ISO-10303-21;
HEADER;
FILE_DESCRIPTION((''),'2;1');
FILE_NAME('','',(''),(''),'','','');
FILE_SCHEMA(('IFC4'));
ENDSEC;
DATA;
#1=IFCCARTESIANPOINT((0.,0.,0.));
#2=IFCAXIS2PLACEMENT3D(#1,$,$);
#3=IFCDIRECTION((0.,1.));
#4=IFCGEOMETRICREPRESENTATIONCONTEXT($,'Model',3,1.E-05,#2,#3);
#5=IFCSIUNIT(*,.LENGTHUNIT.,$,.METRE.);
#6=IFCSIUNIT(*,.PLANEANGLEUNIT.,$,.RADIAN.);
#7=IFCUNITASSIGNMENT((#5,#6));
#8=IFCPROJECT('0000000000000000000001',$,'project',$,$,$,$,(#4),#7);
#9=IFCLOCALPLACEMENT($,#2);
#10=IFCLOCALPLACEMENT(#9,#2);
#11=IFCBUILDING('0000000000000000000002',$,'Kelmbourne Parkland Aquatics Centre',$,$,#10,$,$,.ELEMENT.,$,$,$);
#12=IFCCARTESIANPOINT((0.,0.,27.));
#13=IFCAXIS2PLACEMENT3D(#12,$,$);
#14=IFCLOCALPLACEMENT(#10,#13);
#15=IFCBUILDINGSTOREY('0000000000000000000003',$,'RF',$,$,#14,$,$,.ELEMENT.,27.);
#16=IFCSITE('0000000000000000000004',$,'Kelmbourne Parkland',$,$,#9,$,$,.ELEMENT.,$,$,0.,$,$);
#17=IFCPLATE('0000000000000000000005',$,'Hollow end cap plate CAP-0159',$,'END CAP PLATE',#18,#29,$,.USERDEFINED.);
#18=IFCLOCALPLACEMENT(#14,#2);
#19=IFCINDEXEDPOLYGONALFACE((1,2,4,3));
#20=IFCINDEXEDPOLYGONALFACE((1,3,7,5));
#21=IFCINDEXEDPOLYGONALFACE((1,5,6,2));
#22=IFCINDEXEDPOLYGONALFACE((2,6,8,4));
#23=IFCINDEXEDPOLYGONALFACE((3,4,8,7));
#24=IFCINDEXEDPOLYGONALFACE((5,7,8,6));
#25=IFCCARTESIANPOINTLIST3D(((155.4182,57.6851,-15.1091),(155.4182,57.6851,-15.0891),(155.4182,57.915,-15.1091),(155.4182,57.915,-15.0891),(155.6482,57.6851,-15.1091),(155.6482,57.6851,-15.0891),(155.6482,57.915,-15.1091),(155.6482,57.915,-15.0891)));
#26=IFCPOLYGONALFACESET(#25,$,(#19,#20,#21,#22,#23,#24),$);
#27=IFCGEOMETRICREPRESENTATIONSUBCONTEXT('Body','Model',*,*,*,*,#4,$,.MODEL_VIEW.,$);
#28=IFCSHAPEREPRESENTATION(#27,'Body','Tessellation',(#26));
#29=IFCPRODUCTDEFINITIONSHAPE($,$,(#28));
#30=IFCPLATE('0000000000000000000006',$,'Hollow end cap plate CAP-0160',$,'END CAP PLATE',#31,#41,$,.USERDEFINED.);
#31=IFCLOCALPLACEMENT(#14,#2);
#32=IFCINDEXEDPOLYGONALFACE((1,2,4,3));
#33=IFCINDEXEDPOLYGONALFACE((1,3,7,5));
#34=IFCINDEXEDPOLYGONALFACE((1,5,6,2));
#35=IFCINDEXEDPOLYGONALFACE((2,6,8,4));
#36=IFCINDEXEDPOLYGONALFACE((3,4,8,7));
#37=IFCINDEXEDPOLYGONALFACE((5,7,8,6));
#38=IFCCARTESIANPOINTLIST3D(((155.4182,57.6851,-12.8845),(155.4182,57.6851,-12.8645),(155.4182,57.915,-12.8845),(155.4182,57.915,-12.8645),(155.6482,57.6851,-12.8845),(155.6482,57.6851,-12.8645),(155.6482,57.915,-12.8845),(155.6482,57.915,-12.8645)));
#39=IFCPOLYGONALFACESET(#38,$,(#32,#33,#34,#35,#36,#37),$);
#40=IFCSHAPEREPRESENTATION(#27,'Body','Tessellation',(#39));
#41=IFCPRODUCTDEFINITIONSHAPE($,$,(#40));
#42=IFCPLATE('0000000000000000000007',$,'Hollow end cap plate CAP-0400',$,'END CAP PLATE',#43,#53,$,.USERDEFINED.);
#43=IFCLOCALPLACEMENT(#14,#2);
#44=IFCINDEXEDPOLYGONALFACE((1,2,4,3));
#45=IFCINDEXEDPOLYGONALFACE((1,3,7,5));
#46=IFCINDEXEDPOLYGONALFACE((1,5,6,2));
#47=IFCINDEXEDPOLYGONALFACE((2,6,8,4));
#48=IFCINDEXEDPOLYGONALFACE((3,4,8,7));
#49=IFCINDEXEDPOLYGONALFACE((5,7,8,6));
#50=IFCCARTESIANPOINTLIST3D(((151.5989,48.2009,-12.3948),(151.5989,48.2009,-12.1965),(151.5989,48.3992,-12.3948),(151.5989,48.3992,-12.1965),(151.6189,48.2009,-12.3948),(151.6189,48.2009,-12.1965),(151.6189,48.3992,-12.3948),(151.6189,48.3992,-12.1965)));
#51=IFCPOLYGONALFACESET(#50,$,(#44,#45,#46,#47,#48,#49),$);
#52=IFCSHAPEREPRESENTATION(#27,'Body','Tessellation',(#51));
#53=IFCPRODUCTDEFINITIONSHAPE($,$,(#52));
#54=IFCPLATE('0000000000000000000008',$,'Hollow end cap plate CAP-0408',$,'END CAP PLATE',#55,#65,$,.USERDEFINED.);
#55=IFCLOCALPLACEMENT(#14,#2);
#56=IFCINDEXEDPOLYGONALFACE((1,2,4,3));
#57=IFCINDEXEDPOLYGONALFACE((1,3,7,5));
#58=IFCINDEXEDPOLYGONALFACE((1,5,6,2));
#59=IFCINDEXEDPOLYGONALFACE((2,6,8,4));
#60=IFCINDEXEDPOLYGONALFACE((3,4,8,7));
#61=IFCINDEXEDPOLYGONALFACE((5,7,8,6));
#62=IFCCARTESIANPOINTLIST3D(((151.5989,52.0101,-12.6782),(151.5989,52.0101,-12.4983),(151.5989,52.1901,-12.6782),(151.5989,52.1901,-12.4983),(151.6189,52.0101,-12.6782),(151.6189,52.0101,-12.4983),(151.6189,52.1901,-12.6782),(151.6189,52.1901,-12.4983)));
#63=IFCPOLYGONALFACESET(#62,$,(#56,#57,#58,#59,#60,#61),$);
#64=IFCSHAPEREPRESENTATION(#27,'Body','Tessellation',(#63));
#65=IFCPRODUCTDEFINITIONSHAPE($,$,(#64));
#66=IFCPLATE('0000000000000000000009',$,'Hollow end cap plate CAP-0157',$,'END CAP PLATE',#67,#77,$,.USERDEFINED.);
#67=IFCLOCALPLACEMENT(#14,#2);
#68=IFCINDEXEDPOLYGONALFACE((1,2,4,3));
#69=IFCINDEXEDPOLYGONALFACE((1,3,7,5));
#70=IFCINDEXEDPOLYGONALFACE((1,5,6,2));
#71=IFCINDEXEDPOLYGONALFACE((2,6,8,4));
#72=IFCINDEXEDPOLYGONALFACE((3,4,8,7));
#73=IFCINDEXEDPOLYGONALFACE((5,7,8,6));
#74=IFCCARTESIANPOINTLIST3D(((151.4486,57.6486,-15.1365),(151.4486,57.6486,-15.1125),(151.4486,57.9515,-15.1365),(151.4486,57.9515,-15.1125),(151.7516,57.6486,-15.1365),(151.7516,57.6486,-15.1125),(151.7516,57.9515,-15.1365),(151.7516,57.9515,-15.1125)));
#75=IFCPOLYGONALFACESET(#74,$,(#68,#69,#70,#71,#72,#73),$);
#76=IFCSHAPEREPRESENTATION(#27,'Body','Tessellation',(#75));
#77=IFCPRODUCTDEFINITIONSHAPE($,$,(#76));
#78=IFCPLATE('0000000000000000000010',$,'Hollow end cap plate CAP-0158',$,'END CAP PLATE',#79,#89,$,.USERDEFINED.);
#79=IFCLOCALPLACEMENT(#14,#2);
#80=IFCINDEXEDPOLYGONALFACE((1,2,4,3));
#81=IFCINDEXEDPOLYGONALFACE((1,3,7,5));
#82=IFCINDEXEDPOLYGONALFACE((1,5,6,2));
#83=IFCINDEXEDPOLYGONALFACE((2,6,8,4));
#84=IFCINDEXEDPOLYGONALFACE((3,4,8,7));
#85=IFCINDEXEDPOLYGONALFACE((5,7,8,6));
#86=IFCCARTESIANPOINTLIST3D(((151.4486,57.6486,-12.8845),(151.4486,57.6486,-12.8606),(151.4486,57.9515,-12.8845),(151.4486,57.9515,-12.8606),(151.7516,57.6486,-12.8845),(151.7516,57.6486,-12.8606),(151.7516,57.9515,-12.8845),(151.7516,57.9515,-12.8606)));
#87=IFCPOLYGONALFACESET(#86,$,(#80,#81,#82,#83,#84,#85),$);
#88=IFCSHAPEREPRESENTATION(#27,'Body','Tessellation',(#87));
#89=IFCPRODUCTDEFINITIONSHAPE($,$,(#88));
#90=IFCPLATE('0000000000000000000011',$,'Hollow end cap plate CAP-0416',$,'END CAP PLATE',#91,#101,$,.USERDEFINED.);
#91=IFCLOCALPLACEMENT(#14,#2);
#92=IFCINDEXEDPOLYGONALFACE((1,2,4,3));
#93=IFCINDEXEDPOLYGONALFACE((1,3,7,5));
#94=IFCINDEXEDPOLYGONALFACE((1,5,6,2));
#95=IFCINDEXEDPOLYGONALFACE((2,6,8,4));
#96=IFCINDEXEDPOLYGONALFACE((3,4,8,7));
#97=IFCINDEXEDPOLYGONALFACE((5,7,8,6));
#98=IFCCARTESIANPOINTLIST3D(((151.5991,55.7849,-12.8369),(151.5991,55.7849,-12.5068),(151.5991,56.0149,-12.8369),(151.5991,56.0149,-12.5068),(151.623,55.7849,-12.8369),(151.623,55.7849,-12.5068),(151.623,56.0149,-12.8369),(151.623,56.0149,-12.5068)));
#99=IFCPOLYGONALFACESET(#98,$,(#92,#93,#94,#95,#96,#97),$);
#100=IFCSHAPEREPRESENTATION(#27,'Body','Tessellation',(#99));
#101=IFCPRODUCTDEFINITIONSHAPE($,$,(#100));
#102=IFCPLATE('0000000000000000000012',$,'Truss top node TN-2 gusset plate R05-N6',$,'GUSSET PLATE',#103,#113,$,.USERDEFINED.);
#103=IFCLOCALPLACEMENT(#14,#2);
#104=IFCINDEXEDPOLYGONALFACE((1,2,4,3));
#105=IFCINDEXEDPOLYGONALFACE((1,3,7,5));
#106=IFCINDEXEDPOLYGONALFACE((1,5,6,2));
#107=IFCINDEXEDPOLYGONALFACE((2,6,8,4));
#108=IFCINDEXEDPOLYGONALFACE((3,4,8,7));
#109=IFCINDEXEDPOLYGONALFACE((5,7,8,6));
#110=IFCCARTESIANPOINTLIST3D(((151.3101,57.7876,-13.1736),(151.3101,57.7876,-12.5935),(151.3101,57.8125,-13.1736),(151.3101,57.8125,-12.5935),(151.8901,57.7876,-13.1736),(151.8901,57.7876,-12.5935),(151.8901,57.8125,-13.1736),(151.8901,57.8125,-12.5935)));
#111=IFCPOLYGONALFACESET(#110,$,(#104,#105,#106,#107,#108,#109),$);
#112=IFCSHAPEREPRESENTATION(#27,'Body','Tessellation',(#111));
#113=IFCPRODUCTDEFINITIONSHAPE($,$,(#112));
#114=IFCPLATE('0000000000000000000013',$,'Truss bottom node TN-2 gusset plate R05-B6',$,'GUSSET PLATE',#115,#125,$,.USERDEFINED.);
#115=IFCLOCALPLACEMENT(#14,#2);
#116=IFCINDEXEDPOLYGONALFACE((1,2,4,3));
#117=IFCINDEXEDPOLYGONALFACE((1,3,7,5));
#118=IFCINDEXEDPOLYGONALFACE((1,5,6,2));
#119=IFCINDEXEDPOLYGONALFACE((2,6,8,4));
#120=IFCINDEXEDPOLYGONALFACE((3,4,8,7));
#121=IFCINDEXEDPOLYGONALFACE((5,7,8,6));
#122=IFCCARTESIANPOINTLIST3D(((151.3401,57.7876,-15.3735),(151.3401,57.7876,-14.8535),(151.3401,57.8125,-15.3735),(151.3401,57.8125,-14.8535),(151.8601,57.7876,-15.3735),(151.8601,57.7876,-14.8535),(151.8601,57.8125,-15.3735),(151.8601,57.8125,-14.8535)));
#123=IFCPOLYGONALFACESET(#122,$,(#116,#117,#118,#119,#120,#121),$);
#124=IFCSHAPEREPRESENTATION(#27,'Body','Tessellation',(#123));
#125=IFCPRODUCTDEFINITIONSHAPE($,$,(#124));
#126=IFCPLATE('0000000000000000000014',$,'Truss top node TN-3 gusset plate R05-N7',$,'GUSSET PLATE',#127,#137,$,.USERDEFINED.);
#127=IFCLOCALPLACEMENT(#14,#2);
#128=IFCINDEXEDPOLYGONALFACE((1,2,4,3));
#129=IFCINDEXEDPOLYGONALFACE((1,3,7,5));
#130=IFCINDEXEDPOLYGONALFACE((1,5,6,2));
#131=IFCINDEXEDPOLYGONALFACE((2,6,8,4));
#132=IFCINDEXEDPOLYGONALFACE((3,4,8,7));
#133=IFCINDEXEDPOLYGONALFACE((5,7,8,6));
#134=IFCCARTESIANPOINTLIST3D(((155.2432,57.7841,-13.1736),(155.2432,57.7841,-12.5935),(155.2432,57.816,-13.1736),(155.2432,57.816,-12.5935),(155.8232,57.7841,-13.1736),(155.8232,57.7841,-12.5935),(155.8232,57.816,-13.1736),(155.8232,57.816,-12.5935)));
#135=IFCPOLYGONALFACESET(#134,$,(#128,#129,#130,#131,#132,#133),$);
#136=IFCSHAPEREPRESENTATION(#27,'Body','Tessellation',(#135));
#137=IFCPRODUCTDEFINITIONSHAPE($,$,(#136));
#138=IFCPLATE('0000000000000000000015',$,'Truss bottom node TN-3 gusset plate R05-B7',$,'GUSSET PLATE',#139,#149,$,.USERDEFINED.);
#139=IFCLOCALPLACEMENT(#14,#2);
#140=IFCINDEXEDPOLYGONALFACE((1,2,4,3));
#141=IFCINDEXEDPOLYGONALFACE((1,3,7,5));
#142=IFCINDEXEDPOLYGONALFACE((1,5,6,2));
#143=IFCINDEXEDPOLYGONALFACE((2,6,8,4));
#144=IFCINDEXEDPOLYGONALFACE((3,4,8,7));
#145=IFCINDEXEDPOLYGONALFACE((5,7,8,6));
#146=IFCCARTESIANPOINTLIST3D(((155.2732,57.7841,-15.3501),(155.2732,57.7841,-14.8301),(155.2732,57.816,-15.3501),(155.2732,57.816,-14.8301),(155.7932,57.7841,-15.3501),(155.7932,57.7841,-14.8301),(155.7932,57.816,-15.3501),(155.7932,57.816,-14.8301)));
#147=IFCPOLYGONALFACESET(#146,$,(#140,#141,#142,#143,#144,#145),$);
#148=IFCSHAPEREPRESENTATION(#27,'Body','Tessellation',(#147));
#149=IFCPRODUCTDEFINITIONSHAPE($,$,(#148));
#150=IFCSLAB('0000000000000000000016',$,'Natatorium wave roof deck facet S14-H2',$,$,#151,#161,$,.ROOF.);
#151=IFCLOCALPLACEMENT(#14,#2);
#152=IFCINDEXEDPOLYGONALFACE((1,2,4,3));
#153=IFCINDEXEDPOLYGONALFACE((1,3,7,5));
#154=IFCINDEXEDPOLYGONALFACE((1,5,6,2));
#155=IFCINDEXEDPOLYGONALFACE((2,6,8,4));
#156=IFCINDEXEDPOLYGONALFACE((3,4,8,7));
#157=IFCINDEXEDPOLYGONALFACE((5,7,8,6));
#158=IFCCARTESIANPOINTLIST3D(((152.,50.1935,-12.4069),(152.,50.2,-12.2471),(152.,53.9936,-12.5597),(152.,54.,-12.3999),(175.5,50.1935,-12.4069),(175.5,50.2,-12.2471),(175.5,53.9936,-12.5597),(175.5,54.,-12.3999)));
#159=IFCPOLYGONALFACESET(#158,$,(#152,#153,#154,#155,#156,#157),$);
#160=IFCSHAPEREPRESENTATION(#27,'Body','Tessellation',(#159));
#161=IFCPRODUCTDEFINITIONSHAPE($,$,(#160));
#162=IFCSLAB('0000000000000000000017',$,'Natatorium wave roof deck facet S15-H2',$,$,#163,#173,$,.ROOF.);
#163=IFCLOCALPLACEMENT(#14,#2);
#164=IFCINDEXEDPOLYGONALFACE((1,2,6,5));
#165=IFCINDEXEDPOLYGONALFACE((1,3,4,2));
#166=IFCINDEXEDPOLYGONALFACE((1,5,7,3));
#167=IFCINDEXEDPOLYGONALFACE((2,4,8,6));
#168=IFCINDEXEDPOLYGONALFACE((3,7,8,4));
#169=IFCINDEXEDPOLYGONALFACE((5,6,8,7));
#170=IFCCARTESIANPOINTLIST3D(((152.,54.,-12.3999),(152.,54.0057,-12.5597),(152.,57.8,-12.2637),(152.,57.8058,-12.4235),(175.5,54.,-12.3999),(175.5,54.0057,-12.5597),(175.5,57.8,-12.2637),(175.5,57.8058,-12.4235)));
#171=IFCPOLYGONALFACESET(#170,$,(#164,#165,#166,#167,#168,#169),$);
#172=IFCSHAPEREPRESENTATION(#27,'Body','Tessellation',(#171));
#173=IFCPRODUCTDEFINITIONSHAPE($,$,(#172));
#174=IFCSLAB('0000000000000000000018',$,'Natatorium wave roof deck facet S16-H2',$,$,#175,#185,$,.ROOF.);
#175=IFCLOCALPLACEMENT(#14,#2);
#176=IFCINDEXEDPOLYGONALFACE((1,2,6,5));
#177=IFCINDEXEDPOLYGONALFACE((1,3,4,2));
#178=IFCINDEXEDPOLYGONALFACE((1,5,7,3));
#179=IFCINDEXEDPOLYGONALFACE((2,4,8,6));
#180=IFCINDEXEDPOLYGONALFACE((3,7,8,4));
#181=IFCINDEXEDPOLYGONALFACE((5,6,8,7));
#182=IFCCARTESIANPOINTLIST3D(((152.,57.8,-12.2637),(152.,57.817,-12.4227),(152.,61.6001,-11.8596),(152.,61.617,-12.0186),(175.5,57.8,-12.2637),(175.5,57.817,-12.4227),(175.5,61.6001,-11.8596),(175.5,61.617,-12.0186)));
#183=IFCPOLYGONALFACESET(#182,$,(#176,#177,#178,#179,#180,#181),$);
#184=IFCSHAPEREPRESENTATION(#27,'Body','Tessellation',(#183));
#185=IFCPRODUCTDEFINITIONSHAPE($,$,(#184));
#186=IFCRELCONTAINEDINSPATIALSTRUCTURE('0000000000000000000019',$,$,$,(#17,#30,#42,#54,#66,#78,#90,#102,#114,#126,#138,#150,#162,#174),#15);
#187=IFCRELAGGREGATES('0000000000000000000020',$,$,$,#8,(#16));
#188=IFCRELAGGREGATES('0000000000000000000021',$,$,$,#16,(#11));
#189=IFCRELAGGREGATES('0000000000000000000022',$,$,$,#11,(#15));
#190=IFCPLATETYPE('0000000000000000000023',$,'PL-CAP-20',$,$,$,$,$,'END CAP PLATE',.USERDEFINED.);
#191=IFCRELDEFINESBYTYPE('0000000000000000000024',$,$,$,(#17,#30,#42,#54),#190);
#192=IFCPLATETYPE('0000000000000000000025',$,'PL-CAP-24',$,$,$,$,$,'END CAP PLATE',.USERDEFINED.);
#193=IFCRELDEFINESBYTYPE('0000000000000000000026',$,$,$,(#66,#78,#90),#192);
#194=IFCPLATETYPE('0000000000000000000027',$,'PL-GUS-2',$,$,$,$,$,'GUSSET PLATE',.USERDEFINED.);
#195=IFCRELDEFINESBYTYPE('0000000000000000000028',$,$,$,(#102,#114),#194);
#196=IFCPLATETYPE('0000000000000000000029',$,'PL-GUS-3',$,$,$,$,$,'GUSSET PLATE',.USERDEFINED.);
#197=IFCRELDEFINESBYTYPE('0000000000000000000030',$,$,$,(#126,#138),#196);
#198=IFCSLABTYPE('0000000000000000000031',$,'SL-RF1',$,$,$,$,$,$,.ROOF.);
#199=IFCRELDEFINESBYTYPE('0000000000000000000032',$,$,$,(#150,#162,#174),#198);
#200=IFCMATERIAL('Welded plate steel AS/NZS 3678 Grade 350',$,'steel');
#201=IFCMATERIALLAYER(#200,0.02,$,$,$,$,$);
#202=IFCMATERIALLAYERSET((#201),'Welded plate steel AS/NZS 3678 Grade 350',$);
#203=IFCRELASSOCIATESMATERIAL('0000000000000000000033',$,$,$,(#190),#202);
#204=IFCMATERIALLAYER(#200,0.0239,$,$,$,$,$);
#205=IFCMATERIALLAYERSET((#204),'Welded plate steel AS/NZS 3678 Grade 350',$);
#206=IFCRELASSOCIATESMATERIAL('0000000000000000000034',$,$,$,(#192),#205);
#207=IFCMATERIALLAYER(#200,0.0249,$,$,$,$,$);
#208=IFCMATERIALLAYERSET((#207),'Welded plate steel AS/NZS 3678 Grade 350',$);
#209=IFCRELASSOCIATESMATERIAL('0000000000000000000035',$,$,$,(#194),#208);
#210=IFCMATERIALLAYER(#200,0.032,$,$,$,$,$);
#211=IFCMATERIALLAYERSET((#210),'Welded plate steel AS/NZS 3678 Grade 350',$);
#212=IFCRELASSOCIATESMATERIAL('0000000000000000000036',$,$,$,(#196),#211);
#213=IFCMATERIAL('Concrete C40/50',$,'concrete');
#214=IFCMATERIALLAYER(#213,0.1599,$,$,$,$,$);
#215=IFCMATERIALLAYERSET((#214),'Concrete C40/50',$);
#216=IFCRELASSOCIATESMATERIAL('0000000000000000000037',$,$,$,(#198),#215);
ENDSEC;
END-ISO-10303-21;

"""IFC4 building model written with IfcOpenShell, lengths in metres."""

from ifc_helpers import new_model, si_unit, direction, frame, origin, origin_2d, place, context, subcontext, project, spatial, polyline, rectangle, outline, extrude, material, layer, layer_set, type_object, element, save


model = new_model("IFC4")

# Units and contexts
model_context = context("Model", 3, precision=1e-05, world=origin(), true_north=direction((0.0, 1.0)))
body_context = subcontext(model_context, "Body", "Model", "MODEL_VIEW")
ifc_project = project(units=[si_unit("LENGTHUNIT", "METRE"), si_unit("PLANEANGLEUNIT", "RADIAN")], contexts=[model_context])

# Site, building, storey
site_placement = place(None, origin())
site = spatial("IfcSite", under=ifc_project, at=site_placement, Name="Kelmbourne Parkland", CompositionType="ELEMENT", RefElevation=0.0)
building_placement = place(site_placement, origin())
building = spatial("IfcBuilding", under=site, at=building_placement, Name="Kelmbourne Parkland Aquatics Centre", CompositionType="ELEMENT")
storey_placement = place(building_placement, frame((0.0, 0.0, 27.0)))
storey = spatial("IfcBuildingStorey", under=building, at=storey_placement, Name="RF", CompositionType="ELEMENT", Elevation=27.0)

# Shared definitions
ifc_material_1 = material(Name="Welded plate steel AS/NZS 3678 Grade 350", Category="steel")

# Plates
ifc_layer_1 = layer(ifc_material_1, 0.02)
ifc_layer_set_1 = layer_set([ifc_layer_1], Name="Welded plate steel AS/NZS 3678 Grade 350")
plate_type_1 = type_object("IfcPlateType", Name="PL-CAP-20", ElementType="END CAP PLATE", PredefinedType="USERDEFINED", material=ifc_layer_set_1)
for number, where, z_axis, x_axis, name in (
    (1, (155.5332, 57.8, -15.1091), (0.0, 0.0, 1.0), (1.0, 0.0, 0.0), "Hollow end cap plate CAP-0159"),
    (2, (155.5332, 57.8, -12.8845), (0.0, 0.0, 1.0), (1.0, 0.0, 0.0), "Hollow end cap plate CAP-0160"),
):
    element("IfcPlate", number, at=place(storey_placement, frame(where, z_axis=z_axis, x_axis=x_axis)), inside=storey, type_object=plate_type_1, Name=name, ObjectType="END CAP PLATE", PredefinedType="USERDEFINED", context=body_context, shape_type="SweptSolid", body=[
        extrude(rectangle(XDim=0.23, YDim=0.23, at=origin_2d()), origin(), (0.0, 0.0, 1.0), 0.02),
    ])
plate_1_placement = place(storey_placement, frame((151.6089, 48.3, -12.3948), z_axis=(0.0, 0.0, 1.0), x_axis=(1.0, 0.0, 0.0)))
element("IfcPlate", 3, at=plate_1_placement, inside=storey, type_object=plate_type_1, Name="Hollow end cap plate CAP-0400", ObjectType="END CAP PLATE", PredefinedType="USERDEFINED", context=body_context, shape_type="SweptSolid", body=[
    extrude(rectangle(XDim=0.02, YDim=0.1982, at=origin_2d()), origin(), (0.0, 0.0, 1.0), 0.1982),
])
plate_2_placement = place(storey_placement, frame((151.6089, 52.1001, -12.6782), z_axis=(0.0, 0.0, 1.0), x_axis=(1.0, 0.0, 0.0)))
element("IfcPlate", 4, at=plate_2_placement, inside=storey, type_object=plate_type_1, Name="Hollow end cap plate CAP-0408", ObjectType="END CAP PLATE", PredefinedType="USERDEFINED", context=body_context, shape_type="SweptSolid", body=[
    extrude(rectangle(XDim=0.02, YDim=0.1799, at=origin_2d()), origin(), (0.0, 0.0, 1.0), 0.1799),
])
ifc_layer_2 = layer(ifc_material_1, 0.0239)
ifc_layer_set_2 = layer_set([ifc_layer_2], Name="Welded plate steel AS/NZS 3678 Grade 350")
plate_type_2 = type_object("IfcPlateType", Name="PL-CAP-24", ElementType="END CAP PLATE", PredefinedType="USERDEFINED", material=ifc_layer_set_2)
for number, where, z_axis, x_axis, name in (
    (5, (151.6001, 57.8, -15.1365), (0.0, 0.0, 1.0), (1.0, 0.0, 0.0), "Hollow end cap plate CAP-0157"),
    (6, (151.6001, 57.8, -12.8845), (0.0, 0.0, 1.0), (1.0, 0.0, 0.0), "Hollow end cap plate CAP-0158"),
):
    element("IfcPlate", number, at=place(storey_placement, frame(where, z_axis=z_axis, x_axis=x_axis)), inside=storey, type_object=plate_type_2, Name=name, ObjectType="END CAP PLATE", PredefinedType="USERDEFINED", context=body_context, shape_type="SweptSolid", body=[
        extrude(rectangle(XDim=0.303, YDim=0.303, at=origin_2d()), origin(), (0.0, 0.0, 1.0), 0.0239),
    ])
plate_3_placement = place(storey_placement, frame((151.6111, 55.8999, -12.8369), z_axis=(0.0, 0.0, 1.0), x_axis=(1.0, 0.0, 0.0)))
element("IfcPlate", 7, at=plate_3_placement, inside=storey, type_object=plate_type_2, Name="Hollow end cap plate CAP-0416", ObjectType="END CAP PLATE", PredefinedType="USERDEFINED", context=body_context, shape_type="SweptSolid", body=[
    extrude(rectangle(XDim=0.0239, YDim=0.23, at=origin_2d()), origin(), (0.0, 0.0, 1.0), 0.3301),
])
ifc_layer_3 = layer(ifc_material_1, 0.0249)
ifc_layer_set_3 = layer_set([ifc_layer_3], Name="Welded plate steel AS/NZS 3678 Grade 350")
plate_type_3 = type_object("IfcPlateType", Name="PL-GUS-2", ElementType="GUSSET PLATE", PredefinedType="USERDEFINED", material=ifc_layer_set_3)
plate_4_placement = place(storey_placement, frame((151.6001, 57.8, -13.1736), z_axis=(0.0, 0.0, 1.0), x_axis=(1.0, 0.0, 0.0)))
element("IfcPlate", 8, at=plate_4_placement, inside=storey, type_object=plate_type_3, Name="Truss top node TN-2 gusset plate R05-N6", ObjectType="GUSSET PLATE", PredefinedType="USERDEFINED", context=body_context, shape_type="SweptSolid", body=[
    extrude(rectangle(XDim=0.5801, YDim=0.0249, at=origin_2d()), origin(), (0.0, 0.0, 1.0), 0.5801),
])
plate_5_placement = place(storey_placement, frame((151.6001, 57.8, -15.3735), z_axis=(0.0, 0.0, 1.0), x_axis=(1.0, 0.0, 0.0)))
element("IfcPlate", 9, at=plate_5_placement, inside=storey, type_object=plate_type_3, Name="Truss bottom node TN-2 gusset plate R05-B6", ObjectType="GUSSET PLATE", PredefinedType="USERDEFINED", context=body_context, shape_type="SweptSolid", body=[
    extrude(rectangle(XDim=0.52, YDim=0.0249, at=origin_2d()), origin(), (0.0, 0.0, 1.0), 0.52),
])
ifc_layer_4 = layer(ifc_material_1, 0.032)
ifc_layer_set_4 = layer_set([ifc_layer_4], Name="Welded plate steel AS/NZS 3678 Grade 350")
plate_type_4 = type_object("IfcPlateType", Name="PL-GUS-3", ElementType="GUSSET PLATE", PredefinedType="USERDEFINED", material=ifc_layer_set_4)
plate_6_placement = place(storey_placement, frame((155.5332, 57.8, -13.1736), z_axis=(0.0, 0.0, 1.0), x_axis=(1.0, 0.0, 0.0)))
element("IfcPlate", 10, at=plate_6_placement, inside=storey, type_object=plate_type_4, Name="Truss top node TN-3 gusset plate R05-N7", ObjectType="GUSSET PLATE", PredefinedType="USERDEFINED", context=body_context, shape_type="SweptSolid", body=[
    extrude(rectangle(XDim=0.5801, YDim=0.032, at=origin_2d()), origin(), (0.0, 0.0, 1.0), 0.5801),
])
plate_7_placement = place(storey_placement, frame((155.5332, 57.8, -15.3501), z_axis=(0.0, 0.0, 1.0), x_axis=(1.0, 0.0, 0.0)))
element("IfcPlate", 11, at=plate_7_placement, inside=storey, type_object=plate_type_4, Name="Truss bottom node TN-3 gusset plate R05-B7", ObjectType="GUSSET PLATE", PredefinedType="USERDEFINED", context=body_context, shape_type="SweptSolid", body=[
    extrude(rectangle(XDim=0.52, YDim=0.032, at=origin_2d()), origin(), (0.0, 0.0, 1.0), 0.52),
])

# Slabs
ifc_material_2 = material(Name="Concrete C40/50", Category="concrete")
ifc_layer_5 = layer(ifc_material_2, 0.1599)
ifc_layer_set_5 = layer_set([ifc_layer_5], Name="Concrete C40/50")
slab_type = type_object("IfcSlabType", Name="SL-RF1", PredefinedType="ROOF", material=ifc_layer_set_5)
slab_1_placement = place(storey_placement, frame((152.0, 50.2, -12.2471), z_axis=(0.0, 0.040186, 0.999192), x_axis=(1.0, 0.0, 0.0)))
element("IfcSlab", 12, at=slab_1_placement, inside=storey, type_object=slab_type, Name="Natatorium wave roof deck facet S14-H2", PredefinedType="ROOF", context=body_context, shape_type="SweptSolid", body=[
    extrude(outline(polyline([(0.0, 0.0), (23.5, 0.0), (23.5, 3.8031), (0.0, 3.8031), (0.0, 0.0)])), origin(), (0.0, 0.0, -1.0), 0.1599),
])
slab_2_placement = place(storey_placement, frame((152.0, 54.0, -12.3999), z_axis=(0.0, -0.035827, 0.999358), x_axis=(1.0, 0.0, 0.0)))
element("IfcSlab", 13, at=slab_2_placement, inside=storey, type_object=slab_type, Name="Natatorium wave roof deck facet S15-H2", PredefinedType="ROOF", context=body_context, shape_type="SweptSolid", body=[
    extrude(outline(polyline([(0.0, 0.0), (23.5, 0.0), (23.5, 3.8025), (0.0, 3.8025), (0.0, 0.0)])), origin(), (0.0, 0.0, -1.0), 0.1599),
])
slab_3_placement = place(storey_placement, frame((152.0, 57.8, -12.2637), z_axis=(0.0, -0.105732, 0.994395), x_axis=(1.0, 0.0, 0.0)))
element("IfcSlab", 14, at=slab_3_placement, inside=storey, type_object=slab_type, Name="Natatorium wave roof deck facet S16-H2", PredefinedType="ROOF", context=body_context, shape_type="SweptSolid", body=[
    extrude(outline(polyline([(0.0, 0.0), (23.5, 0.0), (23.5, 3.8215), (0.0, 3.8215), (0.0, 0.0)])), origin(), (0.0, 0.0, -1.0), 0.1599),
])

save(model, "model.ifc")
